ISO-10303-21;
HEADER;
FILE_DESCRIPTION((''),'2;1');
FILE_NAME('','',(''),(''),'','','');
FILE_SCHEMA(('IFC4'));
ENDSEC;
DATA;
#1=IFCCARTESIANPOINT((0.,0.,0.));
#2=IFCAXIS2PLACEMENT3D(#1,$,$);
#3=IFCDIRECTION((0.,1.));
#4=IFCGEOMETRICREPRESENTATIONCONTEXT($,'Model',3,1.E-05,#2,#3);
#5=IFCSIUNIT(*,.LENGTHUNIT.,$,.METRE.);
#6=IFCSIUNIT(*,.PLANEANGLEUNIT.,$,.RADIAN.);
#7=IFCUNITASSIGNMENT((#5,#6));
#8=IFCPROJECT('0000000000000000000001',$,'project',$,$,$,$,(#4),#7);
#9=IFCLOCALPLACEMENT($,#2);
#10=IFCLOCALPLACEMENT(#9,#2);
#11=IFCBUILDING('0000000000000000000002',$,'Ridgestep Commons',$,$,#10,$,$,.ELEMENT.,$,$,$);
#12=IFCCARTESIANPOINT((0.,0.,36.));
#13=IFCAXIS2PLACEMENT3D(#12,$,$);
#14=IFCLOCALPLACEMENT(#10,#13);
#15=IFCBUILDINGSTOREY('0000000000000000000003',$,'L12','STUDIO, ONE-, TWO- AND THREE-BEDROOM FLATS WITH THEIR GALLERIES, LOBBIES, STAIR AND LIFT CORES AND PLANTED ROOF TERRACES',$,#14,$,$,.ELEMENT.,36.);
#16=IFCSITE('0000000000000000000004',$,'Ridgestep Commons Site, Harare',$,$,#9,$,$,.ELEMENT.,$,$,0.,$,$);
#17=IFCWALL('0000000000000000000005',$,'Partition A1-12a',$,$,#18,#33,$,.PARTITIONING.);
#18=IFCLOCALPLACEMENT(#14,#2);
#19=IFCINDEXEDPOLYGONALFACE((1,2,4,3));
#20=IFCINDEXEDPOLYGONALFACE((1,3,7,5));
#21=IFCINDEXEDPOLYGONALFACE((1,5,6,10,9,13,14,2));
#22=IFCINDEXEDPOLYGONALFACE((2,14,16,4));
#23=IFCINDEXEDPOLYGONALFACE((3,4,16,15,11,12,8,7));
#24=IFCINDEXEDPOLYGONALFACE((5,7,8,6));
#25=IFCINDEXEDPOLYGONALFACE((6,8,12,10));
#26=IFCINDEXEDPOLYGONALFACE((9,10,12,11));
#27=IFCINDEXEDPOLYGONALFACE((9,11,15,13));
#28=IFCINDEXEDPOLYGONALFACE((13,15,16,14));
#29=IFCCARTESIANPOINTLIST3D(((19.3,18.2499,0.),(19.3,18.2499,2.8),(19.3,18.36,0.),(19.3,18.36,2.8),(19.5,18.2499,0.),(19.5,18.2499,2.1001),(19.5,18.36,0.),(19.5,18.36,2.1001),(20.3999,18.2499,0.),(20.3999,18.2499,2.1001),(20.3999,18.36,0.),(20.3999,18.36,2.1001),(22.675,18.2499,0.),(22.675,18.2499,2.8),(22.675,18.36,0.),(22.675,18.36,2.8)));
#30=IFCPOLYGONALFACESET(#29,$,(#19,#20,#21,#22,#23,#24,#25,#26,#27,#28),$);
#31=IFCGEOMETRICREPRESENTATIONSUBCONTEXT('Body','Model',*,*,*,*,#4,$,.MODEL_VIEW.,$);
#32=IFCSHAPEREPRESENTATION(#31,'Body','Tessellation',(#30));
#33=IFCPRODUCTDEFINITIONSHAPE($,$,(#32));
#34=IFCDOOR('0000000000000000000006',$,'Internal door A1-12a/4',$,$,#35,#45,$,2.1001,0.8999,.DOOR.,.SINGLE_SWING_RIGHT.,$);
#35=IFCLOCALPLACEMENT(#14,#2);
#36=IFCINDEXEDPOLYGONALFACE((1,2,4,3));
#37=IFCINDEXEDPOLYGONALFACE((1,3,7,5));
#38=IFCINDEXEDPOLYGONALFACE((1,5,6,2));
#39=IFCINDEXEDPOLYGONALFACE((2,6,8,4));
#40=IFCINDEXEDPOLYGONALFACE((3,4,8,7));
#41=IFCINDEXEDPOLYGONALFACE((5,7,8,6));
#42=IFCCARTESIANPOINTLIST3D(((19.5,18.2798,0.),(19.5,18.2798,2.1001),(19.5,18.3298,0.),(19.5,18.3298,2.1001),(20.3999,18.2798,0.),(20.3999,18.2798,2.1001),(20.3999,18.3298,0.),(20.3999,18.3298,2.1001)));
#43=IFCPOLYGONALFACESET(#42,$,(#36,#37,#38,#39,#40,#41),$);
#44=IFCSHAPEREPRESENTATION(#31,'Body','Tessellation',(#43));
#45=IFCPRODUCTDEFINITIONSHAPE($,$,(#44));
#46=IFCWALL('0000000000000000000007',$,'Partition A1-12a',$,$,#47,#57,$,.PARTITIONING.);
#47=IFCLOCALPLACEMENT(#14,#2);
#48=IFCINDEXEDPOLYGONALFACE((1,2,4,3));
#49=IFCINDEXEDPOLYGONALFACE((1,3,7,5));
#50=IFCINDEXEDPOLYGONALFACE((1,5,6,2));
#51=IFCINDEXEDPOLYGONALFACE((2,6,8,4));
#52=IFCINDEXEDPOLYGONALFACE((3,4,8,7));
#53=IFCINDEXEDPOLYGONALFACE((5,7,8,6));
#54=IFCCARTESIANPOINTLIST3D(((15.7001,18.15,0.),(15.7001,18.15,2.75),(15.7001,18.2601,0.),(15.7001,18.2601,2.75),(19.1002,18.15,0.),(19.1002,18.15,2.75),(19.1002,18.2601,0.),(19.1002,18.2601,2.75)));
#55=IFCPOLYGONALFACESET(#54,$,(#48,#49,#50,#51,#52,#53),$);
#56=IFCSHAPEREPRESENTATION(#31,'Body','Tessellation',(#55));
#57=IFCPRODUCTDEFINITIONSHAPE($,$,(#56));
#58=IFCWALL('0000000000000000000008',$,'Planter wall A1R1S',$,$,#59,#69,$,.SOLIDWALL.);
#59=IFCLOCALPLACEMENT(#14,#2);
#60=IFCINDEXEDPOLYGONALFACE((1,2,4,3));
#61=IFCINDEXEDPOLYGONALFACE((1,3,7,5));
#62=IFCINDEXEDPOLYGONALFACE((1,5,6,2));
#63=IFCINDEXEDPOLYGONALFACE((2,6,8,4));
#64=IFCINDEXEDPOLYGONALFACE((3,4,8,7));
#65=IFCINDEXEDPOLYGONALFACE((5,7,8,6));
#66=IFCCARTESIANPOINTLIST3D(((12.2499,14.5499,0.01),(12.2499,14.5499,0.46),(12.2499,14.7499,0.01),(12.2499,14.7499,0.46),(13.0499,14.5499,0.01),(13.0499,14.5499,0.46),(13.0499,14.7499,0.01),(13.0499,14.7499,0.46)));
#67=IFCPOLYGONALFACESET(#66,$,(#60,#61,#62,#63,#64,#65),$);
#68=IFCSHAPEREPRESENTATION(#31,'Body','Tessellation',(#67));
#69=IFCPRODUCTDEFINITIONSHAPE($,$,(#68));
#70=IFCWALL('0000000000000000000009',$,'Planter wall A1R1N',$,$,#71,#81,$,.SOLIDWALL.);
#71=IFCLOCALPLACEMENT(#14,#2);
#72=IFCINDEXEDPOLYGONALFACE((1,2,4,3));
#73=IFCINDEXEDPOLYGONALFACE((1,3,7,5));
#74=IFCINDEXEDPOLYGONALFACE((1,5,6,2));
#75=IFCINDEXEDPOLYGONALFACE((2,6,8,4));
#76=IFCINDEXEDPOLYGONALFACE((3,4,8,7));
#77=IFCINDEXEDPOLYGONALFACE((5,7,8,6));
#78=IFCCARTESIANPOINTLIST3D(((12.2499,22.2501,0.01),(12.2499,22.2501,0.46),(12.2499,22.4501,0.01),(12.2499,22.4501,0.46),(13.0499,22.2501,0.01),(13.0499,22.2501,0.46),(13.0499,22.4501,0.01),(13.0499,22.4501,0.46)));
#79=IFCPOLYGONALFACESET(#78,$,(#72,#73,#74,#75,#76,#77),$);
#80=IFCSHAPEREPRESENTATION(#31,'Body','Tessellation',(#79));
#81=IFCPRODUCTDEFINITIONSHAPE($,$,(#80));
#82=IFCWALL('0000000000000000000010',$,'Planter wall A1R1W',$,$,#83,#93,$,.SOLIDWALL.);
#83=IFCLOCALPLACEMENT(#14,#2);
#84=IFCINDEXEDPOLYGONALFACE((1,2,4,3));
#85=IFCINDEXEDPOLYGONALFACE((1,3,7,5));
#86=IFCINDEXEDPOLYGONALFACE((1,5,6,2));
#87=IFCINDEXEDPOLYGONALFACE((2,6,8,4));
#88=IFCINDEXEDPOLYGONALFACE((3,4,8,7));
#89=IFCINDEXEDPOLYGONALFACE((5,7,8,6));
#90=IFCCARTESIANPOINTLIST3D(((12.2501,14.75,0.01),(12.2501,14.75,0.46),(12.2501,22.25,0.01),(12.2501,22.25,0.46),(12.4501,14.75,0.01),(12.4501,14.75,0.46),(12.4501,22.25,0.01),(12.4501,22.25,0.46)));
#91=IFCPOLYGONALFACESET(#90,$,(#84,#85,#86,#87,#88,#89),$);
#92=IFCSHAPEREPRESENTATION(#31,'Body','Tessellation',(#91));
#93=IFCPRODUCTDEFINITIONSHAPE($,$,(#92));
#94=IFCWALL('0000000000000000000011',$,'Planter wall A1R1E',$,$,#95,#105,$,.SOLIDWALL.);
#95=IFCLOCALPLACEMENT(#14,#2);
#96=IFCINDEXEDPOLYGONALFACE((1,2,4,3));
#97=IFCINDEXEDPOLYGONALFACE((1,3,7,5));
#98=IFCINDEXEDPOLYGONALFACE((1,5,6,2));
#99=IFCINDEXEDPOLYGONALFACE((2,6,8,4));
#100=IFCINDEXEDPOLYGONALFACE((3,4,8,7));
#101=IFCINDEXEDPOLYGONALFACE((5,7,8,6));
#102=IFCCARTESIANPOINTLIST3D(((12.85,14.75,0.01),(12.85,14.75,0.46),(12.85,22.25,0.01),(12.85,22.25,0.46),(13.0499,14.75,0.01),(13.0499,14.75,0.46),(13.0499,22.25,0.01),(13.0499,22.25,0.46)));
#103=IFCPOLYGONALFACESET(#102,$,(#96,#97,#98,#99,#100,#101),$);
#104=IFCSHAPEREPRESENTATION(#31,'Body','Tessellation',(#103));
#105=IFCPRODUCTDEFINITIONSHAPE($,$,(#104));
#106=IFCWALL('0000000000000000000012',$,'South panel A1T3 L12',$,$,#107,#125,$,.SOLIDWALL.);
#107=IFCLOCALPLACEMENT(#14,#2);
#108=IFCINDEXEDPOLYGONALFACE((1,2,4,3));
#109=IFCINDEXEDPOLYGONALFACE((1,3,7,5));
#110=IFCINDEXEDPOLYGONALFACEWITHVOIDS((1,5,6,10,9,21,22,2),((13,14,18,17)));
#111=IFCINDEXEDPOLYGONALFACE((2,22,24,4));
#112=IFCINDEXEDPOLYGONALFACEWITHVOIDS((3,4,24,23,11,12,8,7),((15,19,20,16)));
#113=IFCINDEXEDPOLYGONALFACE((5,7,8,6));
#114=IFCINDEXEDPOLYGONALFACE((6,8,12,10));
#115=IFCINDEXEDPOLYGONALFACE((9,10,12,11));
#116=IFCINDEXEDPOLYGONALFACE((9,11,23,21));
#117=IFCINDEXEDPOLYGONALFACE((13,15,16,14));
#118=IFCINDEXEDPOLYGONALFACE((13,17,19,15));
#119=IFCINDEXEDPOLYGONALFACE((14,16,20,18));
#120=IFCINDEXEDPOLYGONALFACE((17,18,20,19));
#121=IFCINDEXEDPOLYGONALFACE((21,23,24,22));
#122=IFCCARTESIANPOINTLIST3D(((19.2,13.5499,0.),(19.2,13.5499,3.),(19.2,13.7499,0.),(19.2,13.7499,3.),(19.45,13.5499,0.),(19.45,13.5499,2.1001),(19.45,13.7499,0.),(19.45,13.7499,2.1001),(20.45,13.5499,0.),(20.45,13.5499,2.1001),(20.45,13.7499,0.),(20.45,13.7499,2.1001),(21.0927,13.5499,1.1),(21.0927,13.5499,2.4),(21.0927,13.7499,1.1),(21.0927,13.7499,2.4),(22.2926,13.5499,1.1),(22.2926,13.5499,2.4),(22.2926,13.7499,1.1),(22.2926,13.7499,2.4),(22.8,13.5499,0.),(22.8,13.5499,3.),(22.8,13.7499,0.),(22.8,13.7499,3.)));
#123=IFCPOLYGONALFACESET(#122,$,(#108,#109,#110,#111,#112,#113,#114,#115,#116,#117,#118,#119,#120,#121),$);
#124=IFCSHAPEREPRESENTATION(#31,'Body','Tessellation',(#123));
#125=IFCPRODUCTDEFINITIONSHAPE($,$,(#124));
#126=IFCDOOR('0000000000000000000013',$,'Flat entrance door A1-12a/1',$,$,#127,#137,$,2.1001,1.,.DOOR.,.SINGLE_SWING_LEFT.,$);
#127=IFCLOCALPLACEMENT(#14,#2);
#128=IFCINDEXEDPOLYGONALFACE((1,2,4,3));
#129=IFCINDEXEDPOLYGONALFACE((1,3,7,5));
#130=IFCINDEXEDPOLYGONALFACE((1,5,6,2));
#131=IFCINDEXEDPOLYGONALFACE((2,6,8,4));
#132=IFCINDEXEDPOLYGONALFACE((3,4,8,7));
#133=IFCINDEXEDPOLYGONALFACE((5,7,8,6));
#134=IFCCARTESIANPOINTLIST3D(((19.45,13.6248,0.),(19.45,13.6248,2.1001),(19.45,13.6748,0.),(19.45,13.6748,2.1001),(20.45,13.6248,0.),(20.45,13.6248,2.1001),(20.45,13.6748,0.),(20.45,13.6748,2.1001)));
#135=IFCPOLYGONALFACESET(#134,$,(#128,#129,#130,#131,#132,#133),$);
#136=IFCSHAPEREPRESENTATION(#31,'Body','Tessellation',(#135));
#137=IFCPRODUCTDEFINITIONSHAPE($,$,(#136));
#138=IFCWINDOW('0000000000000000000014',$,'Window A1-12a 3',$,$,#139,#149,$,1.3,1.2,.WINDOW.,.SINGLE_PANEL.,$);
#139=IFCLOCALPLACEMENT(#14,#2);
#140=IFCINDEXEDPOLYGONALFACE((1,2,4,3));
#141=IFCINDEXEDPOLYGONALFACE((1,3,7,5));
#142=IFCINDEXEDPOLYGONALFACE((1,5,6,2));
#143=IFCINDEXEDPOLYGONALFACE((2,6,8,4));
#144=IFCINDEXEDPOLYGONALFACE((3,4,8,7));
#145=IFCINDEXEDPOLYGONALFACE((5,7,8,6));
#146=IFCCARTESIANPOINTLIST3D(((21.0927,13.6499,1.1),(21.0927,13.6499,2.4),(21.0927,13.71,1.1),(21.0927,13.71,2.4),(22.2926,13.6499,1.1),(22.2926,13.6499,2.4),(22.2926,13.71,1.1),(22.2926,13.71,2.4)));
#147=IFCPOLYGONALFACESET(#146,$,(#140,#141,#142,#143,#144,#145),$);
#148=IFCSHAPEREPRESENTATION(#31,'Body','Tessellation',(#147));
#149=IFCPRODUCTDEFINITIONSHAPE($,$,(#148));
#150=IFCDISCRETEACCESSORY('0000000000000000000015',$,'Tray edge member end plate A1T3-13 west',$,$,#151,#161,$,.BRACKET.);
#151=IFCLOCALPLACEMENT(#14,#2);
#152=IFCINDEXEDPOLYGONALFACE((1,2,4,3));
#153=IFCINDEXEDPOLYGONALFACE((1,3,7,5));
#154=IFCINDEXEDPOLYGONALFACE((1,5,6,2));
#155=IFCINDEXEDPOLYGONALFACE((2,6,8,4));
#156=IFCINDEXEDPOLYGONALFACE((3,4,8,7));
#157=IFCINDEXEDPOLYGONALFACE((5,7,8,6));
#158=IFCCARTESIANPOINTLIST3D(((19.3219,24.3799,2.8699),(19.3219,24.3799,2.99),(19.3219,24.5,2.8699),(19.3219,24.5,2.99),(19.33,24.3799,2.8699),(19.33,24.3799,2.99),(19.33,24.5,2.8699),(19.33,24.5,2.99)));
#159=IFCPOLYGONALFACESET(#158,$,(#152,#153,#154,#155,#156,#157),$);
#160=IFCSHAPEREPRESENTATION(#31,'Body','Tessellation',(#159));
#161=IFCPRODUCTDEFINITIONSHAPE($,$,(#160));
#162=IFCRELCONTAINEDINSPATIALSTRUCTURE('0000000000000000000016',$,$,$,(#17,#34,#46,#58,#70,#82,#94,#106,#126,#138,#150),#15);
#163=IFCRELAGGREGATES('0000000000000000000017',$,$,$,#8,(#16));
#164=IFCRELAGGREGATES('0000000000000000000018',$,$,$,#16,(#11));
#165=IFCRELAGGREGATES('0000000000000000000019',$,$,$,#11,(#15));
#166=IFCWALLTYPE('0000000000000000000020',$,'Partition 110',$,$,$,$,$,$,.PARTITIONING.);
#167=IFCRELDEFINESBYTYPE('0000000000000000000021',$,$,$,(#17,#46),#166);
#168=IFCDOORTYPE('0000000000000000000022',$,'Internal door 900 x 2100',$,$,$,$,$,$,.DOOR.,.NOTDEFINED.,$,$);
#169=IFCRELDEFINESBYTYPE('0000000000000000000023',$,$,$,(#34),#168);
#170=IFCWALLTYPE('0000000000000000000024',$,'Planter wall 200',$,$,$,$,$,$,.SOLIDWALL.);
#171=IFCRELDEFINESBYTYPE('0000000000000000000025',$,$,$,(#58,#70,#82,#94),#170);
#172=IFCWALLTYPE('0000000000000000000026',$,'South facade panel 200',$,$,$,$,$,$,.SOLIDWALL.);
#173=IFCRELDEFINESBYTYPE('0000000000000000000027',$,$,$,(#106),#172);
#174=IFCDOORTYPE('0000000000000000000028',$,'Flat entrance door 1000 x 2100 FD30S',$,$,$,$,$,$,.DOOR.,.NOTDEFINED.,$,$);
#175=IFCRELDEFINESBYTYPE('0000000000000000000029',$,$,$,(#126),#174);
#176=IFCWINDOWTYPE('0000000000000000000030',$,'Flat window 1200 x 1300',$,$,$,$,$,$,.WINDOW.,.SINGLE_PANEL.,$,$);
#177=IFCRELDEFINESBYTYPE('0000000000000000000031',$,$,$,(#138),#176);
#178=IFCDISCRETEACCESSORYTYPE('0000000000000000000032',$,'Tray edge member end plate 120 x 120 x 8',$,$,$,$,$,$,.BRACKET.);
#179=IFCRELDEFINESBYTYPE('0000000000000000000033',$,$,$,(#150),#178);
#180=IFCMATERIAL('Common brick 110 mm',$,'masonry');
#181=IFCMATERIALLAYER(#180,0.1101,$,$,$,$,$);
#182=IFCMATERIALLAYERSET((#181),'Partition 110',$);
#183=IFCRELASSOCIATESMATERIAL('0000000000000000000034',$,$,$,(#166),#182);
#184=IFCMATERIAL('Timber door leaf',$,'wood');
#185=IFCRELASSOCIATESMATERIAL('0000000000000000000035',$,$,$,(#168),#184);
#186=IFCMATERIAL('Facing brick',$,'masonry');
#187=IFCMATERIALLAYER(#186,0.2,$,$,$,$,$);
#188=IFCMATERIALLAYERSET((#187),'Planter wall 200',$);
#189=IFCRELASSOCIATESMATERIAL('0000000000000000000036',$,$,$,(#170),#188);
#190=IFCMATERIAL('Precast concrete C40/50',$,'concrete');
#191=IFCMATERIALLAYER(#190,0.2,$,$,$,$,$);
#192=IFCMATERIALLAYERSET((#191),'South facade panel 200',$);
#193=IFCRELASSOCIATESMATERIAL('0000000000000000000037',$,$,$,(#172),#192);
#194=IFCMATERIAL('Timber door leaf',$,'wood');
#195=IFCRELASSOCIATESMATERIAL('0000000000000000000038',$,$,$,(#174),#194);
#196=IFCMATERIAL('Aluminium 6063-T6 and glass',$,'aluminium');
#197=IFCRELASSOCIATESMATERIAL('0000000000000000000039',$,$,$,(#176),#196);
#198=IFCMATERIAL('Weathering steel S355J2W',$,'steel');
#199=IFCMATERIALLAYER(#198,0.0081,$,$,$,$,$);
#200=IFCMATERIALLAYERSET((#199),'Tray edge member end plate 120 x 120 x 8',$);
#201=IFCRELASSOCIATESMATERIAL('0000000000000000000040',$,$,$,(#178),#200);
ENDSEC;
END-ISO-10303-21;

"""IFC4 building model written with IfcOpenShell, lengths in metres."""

from ifc_helpers import new_model, si_unit, direction, frame, frame_2d, origin, origin_2d, place, context, subcontext, project, spatial, rectangle, extrude, material, layer, layer_set, type_object, element, fill, save


model = new_model("IFC4")

# Units and contexts
model_context = context("Model", 3, precision=1e-05, world=origin(), true_north=direction((0.0, 1.0)))
body_context = subcontext(model_context, "Body", "Model", "MODEL_VIEW")
ifc_project = project(units=[si_unit("LENGTHUNIT", "METRE"), si_unit("PLANEANGLEUNIT", "RADIAN")], contexts=[model_context])

# Site, building, storey
site_placement = place(None, origin())
site = spatial("IfcSite", under=ifc_project, at=site_placement, Name="Ridgestep Commons Site, Harare", CompositionType="ELEMENT", RefElevation=0.0)
building_placement = place(site_placement, origin())
building = spatial("IfcBuilding", under=site, at=building_placement, Name="Ridgestep Commons", CompositionType="ELEMENT")
storey_placement = place(building_placement, frame((0.0, 0.0, 36.0)))
storey = spatial("IfcBuildingStorey", under=building, at=storey_placement, Name="L12", Description="STUDIO, ONE-, TWO- AND THREE-BEDROOM FLATS WITH THEIR GALLERIES, LOBBIES, STAIR AND LIFT CORES AND PLANTED ROOF TERRACES", CompositionType="ELEMENT", Elevation=36.0)

# Wall, opening, door
ifc_material_1 = material(Name="Common brick 110 mm", Category="masonry")
ifc_layer_1 = layer(ifc_material_1, 0.1101)
ifc_layer_set_1 = layer_set([ifc_layer_1], Name="Partition 110")
wall_type_1 = type_object("IfcWallType", Name="Partition 110", PredefinedType="PARTITIONING", material=ifc_layer_set_1)
wall_1_placement = place(storey_placement, frame((19.3, 18.3049, 0.0), z_axis=(0.0, 0.0, 1.0), x_axis=(1.0, 0.0, 0.0)))
wall_1 = element("IfcWall", 1, at=wall_1_placement, inside=storey, type_object=wall_type_1, Name="Partition A1-12a", PredefinedType="PARTITIONING", context=body_context, shape_type="SweptSolid", body=[
    extrude(rectangle(XDim=3.375, YDim=0.1101, at=frame_2d((1.6875, 0.0))), origin(), (0.0, 0.0, 1.0), 2.8),
])
opening_1_placement = place(wall_1_placement, frame((0.2, 0.0, 0.0)))
opening_1 = element("IfcOpeningElement", 2, at=opening_1_placement, cuts=wall_1, PredefinedType="OPENING", context=body_context, shape_type="SweptSolid", body=[
    extrude(rectangle(XDim=0.8999, YDim=2.1001, at=frame_2d((0.45, 1.05))), frame((0.0, 0.0649, 0.0), z_axis=(0.0, -1.0, 0.0), x_axis=(1.0, 0.0, 0.0)), (0.0, 0.0, 1.0), 0.1301),
])
ifc_material_2 = material(Name="Timber door leaf", Category="wood")
door_type_1 = type_object("IfcDoorType", Name="Internal door 900 x 2100", OperationType="NOTDEFINED", PredefinedType="DOOR", material=ifc_material_2)
door_1_placement = place(opening_1_placement, origin())
door_1 = element("IfcDoor", 3, at=door_1_placement, inside=storey, type_object=door_type_1, Name="Internal door A1-12a/4", OperationType="SINGLE_SWING_RIGHT", OverallHeight=2.1001, OverallWidth=0.8999, PredefinedType="DOOR", context=body_context, shape_type="SweptSolid", body=[
    extrude(rectangle(XDim=0.8999, YDim=2.1001, at=frame_2d((0.45, 1.05))), frame((0.0, 0.0249, 0.0), z_axis=(0.0, -1.0, 0.0), x_axis=(1.0, 0.0, 0.0)), (0.0, 0.0, 1.0), 0.05),
])
fill(opening_1, door_1)

# Walls
wall_2_placement = place(storey_placement, frame((15.7, 18.2051, 0.0), z_axis=(0.0, 0.0, 1.0), x_axis=(1.0, 0.0, 0.0)))
element("IfcWall", 4, at=wall_2_placement, inside=storey, type_object=wall_type_1, Name="Partition A1-12a", PredefinedType="PARTITIONING", context=body_context, shape_type="SweptSolid", body=[
    extrude(rectangle(XDim=3.4001, YDim=0.1101, at=frame_2d((1.7002, 0.0))), origin(), (0.0, 0.0, 1.0), 2.75),
])
ifc_material_3 = material(Name="Facing brick", Category="masonry")
ifc_layer_2 = layer(ifc_material_3, 0.2)
ifc_layer_set_2 = layer_set([ifc_layer_2], Name="Planter wall 200")
wall_type_2 = type_object("IfcWallType", Name="Planter wall 200", PredefinedType="SOLIDWALL", material=ifc_layer_set_2)
for number, where, z_axis, x_axis, name in (
    (5, (12.25, 14.6499, 0.01), (0.0, 0.0, 1.0), (1.0, 0.0, 0.0), "Planter wall A1R1S"),
    (6, (12.25, 22.3501, 0.01), (0.0, 0.0, 1.0), (1.0, 0.0, 0.0), "Planter wall A1R1N"),
):
    element("IfcWall", number, at=place(storey_placement, frame(where, z_axis=z_axis, x_axis=x_axis)), inside=storey, type_object=wall_type_2, Name=name, PredefinedType="SOLIDWALL", context=body_context, shape_type="SweptSolid", body=[
        extrude(rectangle(XDim=0.8, YDim=0.2, at=frame_2d((0.3999, 0.0))), origin(), (0.0, 0.0, 1.0), 0.45),
    ])
for number, where, z_axis, x_axis, name in (
    (7, (12.3501, 14.75, 0.01), (0.0, 0.0, 1.0), (0.0, 1.0, 0.0), "Planter wall A1R1W"),
    (8, (12.95, 14.75, 0.01), (0.0, 0.0, 1.0), (0.0, 1.0, 0.0), "Planter wall A1R1E"),
):
    element("IfcWall", number, at=place(storey_placement, frame(where, z_axis=z_axis, x_axis=x_axis)), inside=storey, type_object=wall_type_2, Name=name, PredefinedType="SOLIDWALL", context=body_context, shape_type="SweptSolid", body=[
        extrude(rectangle(XDim=7.5, YDim=0.2, at=frame_2d((3.75, 0.0))), origin(), (0.0, 0.0, 1.0), 0.45),
    ])

# Wall, openings, door, window
ifc_material_4 = material(Name="Precast concrete C40/50", Category="concrete")
ifc_layer_3 = layer(ifc_material_4, 0.2)
ifc_layer_set_3 = layer_set([ifc_layer_3], Name="South facade panel 200")
wall_type_3 = type_object("IfcWallType", Name="South facade panel 200", PredefinedType="SOLIDWALL", material=ifc_layer_set_3)
wall_3_placement = place(storey_placement, frame((19.2, 13.6499, 0.0), z_axis=(0.0, 0.0, 1.0), x_axis=(1.0, 0.0, 0.0)))
wall_3 = element("IfcWall", 9, at=wall_3_placement, inside=storey, type_object=wall_type_3, Name="South panel A1T3 L12", PredefinedType="SOLIDWALL", context=body_context, shape_type="SweptSolid", body=[
    extrude(rectangle(XDim=3.6001, YDim=0.2, at=frame_2d((1.8, 0.0))), origin(), (0.0, 0.0, 1.0), 3.0),
])
opening_2_placement = place(wall_3_placement, frame((1.8926, 0.0, 1.1001)))
opening_2 = element("IfcOpeningElement", 10, at=opening_2_placement, cuts=wall_3, PredefinedType="OPENING", context=body_context, shape_type="SweptSolid", body=[
    extrude(rectangle(XDim=1.2, YDim=1.3, at=frame_2d((0.6001, 0.6499))), frame((0.0, 0.1099, 0.0), z_axis=(0.0, -1.0, 0.0), x_axis=(1.0, 0.0, 0.0)), (0.0, 0.0, 1.0), 0.22),
])
opening_3_placement = place(wall_3_placement, frame((0.25, 0.0, 0.0)))
opening_3 = element("IfcOpeningElement", 11, at=opening_3_placement, cuts=wall_3, PredefinedType="OPENING", context=body_context, shape_type="SweptSolid", body=[
    extrude(rectangle(XDim=1.0, YDim=2.1001, at=frame_2d((0.5, 1.05))), frame((0.0, 0.1099, 0.0), z_axis=(0.0, -1.0, 0.0), x_axis=(1.0, 0.0, 0.0)), (0.0, 0.0, 1.0), 0.22),
])
ifc_material_5 = material(Name="Timber door leaf", Category="wood")
door_type_2 = type_object("IfcDoorType", Name="Flat entrance door 1000 x 2100 FD30S", OperationType="NOTDEFINED", PredefinedType="DOOR", material=ifc_material_5)
door_2_placement = place(opening_3_placement, origin())
door_2 = element("IfcDoor", 12, at=door_2_placement, inside=storey, type_object=door_type_2, Name="Flat entrance door A1-12a/1", OperationType="SINGLE_SWING_LEFT", OverallHeight=2.1001, OverallWidth=1.0, PredefinedType="DOOR", context=body_context, shape_type="SweptSolid", body=[
    extrude(rectangle(XDim=1.0, YDim=2.1001, at=frame_2d((0.5, 1.05))), frame((0.0, 0.0249, 0.0), z_axis=(0.0, -1.0, 0.0), x_axis=(1.0, 0.0, 0.0)), (0.0, 0.0, 1.0), 0.05),
])
fill(opening_3, door_2)
ifc_material_6 = material(Name="Aluminium 6063-T6 and glass", Category="aluminium")
window_type_1 = type_object("IfcWindowType", Name="Flat window 1200 x 1300", PartitioningType="SINGLE_PANEL", PredefinedType="WINDOW", material=ifc_material_6)
window_1_placement = place(opening_2_placement, origin())
window_1 = element("IfcWindow", 13, at=window_1_placement, inside=storey, type_object=window_type_1, Name="Window A1-12a 3", OverallHeight=1.3, OverallWidth=1.2, PartitioningType="SINGLE_PANEL", PredefinedType="WINDOW", context=body_context, shape_type="SweptSolid", body=[
    extrude(rectangle(XDim=1.2, YDim=1.3, at=frame_2d((0.6001, 0.6499))), frame((0.0, 0.0601, 0.0), z_axis=(0.0, -1.0, 0.0), x_axis=(1.0, 0.0, 0.0)), (0.0, 0.0, 1.0), 0.0601),
])
fill(opening_2, window_1)

# Discrete accessory
ifc_material_7 = material(Name="Weathering steel S355J2W", Category="steel")
ifc_layer_4 = layer(ifc_material_7, 0.0081)
ifc_layer_set_4 = layer_set([ifc_layer_4], Name="Tray edge member end plate 120 x 120 x 8")
discrete_accessory_type = type_object("IfcDiscreteAccessoryType", Name="Tray edge member end plate 120 x 120 x 8", PredefinedType="BRACKET", material=ifc_layer_set_4)
discrete_accessory_placement = place(storey_placement, frame((19.3259, 24.4399, 2.8699), z_axis=(0.0, 0.0, 1.0), x_axis=(1.0, 0.0, 0.0)))
element("IfcDiscreteAccessory", 14, at=discrete_accessory_placement, inside=storey, type_object=discrete_accessory_type, Name="Tray edge member end plate A1T3-13 west", PredefinedType="BRACKET", context=body_context, shape_type="SweptSolid", body=[
    extrude(rectangle(XDim=0.0081, YDim=0.1201, at=origin_2d()), origin(), (0.0, 0.0, 1.0), 0.1201),
])

save(model, "model.ifc")
